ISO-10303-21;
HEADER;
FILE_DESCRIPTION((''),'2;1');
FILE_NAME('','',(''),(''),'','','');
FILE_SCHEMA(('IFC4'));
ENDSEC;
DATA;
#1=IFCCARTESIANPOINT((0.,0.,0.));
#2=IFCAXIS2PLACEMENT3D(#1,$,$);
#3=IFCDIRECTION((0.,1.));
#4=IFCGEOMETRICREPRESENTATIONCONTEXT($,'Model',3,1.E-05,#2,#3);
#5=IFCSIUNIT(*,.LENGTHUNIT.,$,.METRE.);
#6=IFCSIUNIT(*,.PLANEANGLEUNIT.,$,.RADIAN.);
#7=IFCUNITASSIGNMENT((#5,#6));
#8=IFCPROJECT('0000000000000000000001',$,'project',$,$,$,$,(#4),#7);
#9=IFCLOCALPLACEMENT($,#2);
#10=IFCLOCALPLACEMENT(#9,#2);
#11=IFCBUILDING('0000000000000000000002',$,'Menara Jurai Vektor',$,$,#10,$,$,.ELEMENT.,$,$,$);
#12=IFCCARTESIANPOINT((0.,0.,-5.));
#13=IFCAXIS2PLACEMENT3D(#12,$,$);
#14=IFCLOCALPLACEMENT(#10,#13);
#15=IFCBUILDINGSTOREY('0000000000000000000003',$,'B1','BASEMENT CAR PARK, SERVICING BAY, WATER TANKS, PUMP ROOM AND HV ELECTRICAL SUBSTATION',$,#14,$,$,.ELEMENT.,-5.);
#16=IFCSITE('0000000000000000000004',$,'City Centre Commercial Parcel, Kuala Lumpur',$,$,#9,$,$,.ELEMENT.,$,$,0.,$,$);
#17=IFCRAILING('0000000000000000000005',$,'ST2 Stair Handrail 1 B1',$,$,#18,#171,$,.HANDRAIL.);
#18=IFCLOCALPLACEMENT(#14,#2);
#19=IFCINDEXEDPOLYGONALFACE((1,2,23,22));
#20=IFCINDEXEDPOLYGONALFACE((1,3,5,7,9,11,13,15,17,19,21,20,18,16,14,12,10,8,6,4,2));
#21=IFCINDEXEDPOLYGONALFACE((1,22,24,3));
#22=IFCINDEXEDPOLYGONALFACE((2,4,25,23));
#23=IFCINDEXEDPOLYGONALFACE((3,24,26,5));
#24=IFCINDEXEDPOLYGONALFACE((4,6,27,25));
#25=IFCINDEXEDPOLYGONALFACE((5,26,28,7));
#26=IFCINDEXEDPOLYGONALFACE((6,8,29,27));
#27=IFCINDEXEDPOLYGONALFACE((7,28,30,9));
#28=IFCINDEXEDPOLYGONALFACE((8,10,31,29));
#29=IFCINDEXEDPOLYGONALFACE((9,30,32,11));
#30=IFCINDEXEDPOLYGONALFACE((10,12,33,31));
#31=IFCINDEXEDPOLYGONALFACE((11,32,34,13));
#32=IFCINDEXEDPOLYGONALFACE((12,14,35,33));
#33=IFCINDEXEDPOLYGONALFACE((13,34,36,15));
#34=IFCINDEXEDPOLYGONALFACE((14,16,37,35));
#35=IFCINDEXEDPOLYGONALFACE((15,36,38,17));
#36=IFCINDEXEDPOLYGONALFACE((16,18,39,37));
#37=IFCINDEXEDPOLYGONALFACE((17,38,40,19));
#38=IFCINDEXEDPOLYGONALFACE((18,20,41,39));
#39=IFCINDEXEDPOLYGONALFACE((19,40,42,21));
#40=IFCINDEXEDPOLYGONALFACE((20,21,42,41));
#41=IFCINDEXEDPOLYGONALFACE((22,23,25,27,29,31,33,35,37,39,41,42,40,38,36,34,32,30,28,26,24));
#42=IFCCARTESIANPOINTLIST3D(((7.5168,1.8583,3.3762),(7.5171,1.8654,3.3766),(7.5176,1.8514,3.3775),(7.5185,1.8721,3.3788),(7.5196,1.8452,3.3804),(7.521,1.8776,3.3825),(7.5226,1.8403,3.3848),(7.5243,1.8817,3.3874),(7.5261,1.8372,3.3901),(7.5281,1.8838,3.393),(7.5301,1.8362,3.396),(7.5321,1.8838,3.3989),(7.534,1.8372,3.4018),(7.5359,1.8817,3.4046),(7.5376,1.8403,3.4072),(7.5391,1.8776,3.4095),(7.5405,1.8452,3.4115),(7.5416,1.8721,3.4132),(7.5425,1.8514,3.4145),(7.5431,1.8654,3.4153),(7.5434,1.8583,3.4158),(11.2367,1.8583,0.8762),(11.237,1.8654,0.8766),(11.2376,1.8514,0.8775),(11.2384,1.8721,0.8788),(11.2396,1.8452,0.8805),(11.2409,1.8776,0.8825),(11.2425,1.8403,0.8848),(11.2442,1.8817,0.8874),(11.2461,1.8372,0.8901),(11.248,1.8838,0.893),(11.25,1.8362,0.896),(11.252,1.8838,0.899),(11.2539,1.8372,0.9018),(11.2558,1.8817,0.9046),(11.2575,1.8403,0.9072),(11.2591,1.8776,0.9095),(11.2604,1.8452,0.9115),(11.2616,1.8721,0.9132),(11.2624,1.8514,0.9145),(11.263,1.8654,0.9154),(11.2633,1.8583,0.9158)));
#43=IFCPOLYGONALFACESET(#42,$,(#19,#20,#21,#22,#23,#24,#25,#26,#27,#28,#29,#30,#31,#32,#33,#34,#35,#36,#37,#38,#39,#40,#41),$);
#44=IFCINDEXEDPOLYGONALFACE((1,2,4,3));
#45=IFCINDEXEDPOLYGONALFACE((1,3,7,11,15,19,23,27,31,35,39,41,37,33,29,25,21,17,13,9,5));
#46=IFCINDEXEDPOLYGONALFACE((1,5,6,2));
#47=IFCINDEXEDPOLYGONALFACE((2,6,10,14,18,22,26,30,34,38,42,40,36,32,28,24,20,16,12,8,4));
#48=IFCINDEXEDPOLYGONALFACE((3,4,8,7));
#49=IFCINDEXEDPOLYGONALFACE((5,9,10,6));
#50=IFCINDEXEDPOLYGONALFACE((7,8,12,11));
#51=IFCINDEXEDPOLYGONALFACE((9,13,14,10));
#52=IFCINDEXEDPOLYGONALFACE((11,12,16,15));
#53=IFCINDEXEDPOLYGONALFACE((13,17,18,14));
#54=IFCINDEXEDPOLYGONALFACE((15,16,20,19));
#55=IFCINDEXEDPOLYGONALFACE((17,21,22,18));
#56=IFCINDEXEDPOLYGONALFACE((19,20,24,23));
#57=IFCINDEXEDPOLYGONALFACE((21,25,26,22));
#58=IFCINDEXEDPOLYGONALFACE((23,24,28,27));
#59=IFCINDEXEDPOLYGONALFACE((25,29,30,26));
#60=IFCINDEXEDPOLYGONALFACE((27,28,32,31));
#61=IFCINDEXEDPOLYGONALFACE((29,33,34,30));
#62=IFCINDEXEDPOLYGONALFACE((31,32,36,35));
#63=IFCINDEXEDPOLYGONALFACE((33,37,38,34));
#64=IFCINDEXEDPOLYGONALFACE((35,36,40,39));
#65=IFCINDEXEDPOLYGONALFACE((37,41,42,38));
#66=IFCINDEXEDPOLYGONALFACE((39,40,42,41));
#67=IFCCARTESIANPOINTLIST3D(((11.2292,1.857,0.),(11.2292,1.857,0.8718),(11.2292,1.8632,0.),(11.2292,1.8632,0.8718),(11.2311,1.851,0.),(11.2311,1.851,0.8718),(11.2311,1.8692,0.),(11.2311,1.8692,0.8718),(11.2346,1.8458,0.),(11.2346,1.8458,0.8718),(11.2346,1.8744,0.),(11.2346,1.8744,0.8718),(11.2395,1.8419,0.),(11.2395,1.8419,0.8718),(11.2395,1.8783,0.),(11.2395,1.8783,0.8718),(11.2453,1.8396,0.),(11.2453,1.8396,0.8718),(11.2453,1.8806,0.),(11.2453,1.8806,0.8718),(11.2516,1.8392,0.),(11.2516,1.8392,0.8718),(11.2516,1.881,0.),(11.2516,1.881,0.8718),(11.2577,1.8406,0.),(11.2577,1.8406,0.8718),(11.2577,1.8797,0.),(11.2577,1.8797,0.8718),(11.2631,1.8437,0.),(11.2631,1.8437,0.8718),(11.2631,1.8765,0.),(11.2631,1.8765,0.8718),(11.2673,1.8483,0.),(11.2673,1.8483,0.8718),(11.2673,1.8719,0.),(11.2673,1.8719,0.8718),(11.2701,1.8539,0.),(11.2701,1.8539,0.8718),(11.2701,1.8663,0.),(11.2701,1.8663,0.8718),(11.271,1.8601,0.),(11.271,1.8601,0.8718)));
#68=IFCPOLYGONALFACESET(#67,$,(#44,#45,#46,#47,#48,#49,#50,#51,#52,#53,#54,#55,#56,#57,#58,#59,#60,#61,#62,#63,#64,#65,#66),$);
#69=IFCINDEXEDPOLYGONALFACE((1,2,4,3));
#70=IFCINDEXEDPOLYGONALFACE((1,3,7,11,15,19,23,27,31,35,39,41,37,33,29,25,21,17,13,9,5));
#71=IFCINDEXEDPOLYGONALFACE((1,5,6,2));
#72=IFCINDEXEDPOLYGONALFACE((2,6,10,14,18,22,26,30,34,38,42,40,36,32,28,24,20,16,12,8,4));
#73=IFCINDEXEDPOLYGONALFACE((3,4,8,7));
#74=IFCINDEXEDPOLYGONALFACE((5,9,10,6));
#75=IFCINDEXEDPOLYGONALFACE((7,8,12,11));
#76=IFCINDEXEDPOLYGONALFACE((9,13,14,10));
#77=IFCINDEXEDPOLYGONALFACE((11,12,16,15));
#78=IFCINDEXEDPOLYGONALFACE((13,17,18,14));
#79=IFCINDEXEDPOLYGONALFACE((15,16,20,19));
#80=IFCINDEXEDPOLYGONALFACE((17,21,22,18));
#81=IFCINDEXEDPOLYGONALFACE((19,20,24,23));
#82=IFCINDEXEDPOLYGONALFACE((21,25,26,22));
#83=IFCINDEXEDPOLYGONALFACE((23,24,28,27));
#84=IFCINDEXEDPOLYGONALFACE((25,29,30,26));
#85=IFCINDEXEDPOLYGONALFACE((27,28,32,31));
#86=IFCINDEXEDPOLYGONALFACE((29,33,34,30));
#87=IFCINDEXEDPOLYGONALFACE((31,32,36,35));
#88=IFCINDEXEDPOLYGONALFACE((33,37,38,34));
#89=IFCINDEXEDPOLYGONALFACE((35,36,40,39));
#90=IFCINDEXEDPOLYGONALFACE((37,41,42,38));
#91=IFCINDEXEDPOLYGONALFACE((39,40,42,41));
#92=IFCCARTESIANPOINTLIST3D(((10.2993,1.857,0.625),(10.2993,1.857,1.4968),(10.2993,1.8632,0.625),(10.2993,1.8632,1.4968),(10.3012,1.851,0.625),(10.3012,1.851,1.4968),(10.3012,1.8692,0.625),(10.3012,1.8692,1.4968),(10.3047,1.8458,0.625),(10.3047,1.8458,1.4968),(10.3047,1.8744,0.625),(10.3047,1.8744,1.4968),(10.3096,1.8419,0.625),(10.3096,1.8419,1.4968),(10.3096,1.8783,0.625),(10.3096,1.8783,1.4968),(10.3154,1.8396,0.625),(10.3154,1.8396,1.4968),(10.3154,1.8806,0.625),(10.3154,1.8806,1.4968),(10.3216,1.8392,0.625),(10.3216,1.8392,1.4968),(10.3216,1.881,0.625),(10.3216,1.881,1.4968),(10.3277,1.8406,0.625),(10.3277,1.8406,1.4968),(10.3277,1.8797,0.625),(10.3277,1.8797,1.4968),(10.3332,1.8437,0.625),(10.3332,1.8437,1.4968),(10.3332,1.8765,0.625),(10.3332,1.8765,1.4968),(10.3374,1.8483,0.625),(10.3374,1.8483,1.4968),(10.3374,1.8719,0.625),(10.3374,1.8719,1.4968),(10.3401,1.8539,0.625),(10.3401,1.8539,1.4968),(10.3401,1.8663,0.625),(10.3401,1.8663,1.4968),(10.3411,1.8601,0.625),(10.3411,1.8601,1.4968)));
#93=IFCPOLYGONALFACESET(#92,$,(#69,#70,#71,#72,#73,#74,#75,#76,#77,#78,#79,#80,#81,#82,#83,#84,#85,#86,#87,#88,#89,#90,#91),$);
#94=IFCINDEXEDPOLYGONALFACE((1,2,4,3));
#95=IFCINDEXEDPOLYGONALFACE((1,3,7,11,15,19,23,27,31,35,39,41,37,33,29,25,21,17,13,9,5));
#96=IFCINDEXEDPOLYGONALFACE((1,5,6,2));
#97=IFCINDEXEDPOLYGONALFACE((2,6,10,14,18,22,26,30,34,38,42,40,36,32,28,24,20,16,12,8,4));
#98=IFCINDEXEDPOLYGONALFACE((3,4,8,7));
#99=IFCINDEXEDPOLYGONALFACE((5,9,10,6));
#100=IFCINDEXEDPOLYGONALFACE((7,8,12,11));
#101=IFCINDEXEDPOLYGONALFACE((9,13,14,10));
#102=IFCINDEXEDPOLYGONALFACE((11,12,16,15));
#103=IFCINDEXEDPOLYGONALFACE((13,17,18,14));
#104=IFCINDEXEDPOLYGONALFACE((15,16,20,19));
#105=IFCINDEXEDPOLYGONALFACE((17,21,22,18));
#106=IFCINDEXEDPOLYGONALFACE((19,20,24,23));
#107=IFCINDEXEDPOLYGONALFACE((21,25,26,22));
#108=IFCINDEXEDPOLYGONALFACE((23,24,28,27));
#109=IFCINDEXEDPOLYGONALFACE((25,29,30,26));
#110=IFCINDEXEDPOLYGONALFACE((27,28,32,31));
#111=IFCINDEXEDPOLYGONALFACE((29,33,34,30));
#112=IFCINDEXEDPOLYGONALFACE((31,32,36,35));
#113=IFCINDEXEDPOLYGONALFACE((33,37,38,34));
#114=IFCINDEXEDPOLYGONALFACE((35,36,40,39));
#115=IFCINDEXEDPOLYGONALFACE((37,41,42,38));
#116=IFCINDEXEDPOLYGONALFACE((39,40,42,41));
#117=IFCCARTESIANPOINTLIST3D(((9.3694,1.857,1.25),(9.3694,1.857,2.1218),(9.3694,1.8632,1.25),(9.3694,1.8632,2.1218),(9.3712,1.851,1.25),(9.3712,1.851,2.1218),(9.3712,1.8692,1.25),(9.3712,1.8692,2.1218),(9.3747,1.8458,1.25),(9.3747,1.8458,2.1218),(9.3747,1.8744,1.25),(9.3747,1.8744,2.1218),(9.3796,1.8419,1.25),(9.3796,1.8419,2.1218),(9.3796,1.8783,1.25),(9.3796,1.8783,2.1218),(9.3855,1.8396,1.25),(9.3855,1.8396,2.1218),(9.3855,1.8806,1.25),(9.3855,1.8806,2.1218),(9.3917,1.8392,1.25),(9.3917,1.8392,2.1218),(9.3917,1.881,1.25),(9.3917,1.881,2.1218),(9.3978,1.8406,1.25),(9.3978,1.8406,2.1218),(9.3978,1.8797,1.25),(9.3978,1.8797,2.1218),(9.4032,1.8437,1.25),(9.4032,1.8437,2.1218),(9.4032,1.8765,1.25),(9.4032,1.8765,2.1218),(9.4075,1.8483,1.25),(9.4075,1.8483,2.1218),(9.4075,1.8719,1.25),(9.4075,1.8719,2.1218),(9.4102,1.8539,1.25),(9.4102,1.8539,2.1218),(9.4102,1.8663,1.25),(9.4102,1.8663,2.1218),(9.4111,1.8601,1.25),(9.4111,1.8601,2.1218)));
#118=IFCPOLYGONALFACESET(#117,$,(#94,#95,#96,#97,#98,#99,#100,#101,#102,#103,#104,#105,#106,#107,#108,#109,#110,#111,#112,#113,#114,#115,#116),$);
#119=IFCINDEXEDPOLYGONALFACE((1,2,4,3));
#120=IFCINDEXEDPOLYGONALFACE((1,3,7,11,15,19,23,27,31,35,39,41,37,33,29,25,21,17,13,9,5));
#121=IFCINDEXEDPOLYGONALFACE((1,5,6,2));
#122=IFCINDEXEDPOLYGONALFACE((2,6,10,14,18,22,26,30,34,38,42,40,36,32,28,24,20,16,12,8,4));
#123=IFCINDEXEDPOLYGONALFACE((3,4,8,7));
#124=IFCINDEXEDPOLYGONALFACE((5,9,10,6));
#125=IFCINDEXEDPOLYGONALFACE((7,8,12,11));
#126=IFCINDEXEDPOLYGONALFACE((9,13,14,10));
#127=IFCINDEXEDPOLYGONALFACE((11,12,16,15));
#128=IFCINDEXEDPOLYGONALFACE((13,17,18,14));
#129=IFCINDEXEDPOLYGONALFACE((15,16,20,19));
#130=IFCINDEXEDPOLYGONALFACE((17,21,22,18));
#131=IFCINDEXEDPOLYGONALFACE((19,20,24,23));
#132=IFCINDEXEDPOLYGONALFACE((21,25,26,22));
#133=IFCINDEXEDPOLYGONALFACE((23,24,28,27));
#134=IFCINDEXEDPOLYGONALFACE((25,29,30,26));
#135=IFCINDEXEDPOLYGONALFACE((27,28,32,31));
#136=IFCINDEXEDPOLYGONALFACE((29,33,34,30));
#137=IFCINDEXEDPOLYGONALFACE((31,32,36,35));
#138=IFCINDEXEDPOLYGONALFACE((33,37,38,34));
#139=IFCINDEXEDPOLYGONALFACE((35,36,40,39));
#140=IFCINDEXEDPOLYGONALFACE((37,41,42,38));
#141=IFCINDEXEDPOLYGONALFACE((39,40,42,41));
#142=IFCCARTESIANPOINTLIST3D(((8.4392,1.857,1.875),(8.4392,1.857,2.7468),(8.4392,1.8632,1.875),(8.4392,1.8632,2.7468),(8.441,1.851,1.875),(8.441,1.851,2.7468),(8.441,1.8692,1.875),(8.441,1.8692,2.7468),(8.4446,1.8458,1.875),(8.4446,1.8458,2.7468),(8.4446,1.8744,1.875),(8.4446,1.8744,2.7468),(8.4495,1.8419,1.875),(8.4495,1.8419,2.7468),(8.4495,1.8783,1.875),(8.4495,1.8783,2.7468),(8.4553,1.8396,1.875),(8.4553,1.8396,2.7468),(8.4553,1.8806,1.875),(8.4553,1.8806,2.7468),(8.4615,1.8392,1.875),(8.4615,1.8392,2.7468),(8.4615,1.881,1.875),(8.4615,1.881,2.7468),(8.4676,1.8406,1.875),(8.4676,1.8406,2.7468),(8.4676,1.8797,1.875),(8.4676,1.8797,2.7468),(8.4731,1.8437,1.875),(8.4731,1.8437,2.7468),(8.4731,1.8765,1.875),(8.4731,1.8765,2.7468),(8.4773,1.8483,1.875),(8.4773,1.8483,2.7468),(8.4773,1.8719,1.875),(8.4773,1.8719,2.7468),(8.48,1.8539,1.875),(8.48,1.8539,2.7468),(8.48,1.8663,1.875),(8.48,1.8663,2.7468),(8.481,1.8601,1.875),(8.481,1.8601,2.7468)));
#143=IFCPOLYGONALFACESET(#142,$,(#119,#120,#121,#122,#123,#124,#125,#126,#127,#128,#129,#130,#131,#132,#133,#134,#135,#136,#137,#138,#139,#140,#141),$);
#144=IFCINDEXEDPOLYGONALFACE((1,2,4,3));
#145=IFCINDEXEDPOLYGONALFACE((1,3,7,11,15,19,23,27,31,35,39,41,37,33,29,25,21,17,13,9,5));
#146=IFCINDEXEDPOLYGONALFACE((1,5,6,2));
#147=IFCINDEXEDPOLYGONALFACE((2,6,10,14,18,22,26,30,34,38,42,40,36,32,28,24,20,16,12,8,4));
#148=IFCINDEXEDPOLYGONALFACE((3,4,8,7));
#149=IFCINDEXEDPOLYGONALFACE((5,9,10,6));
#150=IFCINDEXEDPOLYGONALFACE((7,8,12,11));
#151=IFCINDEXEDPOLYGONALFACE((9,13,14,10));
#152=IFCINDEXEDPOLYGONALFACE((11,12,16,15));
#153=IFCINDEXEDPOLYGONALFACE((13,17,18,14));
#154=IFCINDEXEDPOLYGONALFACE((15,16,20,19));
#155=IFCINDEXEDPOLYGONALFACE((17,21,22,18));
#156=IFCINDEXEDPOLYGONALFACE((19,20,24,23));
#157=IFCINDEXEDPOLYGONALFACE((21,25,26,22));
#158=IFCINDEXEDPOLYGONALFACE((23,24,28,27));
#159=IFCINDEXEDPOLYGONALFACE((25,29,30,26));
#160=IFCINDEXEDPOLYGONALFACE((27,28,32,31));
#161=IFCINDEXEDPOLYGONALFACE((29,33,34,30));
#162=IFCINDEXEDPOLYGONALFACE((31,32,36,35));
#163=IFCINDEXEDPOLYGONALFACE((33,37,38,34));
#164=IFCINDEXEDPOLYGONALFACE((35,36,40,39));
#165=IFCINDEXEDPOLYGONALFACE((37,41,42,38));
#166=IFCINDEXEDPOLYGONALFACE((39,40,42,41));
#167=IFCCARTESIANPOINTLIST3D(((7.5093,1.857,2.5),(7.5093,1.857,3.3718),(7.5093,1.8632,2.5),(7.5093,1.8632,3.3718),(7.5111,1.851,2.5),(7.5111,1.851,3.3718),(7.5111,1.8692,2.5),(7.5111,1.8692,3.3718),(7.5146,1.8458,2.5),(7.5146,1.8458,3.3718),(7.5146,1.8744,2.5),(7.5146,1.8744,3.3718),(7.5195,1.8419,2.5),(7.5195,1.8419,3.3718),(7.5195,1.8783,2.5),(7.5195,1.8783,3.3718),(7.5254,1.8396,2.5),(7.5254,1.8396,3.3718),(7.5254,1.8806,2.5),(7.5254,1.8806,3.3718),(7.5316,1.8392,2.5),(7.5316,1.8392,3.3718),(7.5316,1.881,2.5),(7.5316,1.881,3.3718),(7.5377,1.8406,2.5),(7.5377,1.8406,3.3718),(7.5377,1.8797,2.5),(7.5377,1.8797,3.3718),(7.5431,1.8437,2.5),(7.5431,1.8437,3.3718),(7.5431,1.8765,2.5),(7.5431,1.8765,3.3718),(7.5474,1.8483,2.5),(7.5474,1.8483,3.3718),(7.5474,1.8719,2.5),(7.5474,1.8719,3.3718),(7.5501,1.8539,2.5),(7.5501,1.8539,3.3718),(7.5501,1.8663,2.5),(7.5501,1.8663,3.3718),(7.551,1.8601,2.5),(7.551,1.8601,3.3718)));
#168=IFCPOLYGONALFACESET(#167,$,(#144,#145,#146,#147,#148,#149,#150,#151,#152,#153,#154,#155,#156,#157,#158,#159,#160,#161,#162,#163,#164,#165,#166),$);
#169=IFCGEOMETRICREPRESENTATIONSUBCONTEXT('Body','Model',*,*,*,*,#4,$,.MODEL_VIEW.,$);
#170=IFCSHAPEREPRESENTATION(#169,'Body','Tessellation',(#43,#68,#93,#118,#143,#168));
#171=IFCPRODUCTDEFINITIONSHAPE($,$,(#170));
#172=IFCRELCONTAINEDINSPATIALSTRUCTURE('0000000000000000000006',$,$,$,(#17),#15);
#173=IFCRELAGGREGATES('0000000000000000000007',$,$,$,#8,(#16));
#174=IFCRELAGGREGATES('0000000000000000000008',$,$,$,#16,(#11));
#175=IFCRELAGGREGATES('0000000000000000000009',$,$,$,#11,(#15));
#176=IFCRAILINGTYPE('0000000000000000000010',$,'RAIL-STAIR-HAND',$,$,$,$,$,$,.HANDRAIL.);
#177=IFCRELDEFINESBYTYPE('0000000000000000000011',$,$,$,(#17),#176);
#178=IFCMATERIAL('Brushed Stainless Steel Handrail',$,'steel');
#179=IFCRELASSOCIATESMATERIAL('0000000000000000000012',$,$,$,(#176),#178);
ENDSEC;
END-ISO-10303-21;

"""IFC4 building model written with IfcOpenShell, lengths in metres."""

from ifc_helpers import new_model, si_unit, direction, frame, origin, origin_2d, place, context, subcontext, project, spatial, circle, extrude, material, type_object, element, save


model = new_model("IFC4")

# Units and contexts
model_context = context("Model", 3, precision=1e-05, world=origin(), true_north=direction((0.0, 1.0)))
body_context = subcontext(model_context, "Body", "Model", "MODEL_VIEW")
ifc_project = project(units=[si_unit("LENGTHUNIT", "METRE"), si_unit("PLANEANGLEUNIT", "RADIAN")], contexts=[model_context])

# Site, building, storey
site_placement = place(None, origin())
site = spatial("IfcSite", under=ifc_project, at=site_placement, Name="City Centre Commercial Parcel, Kuala Lumpur", CompositionType="ELEMENT", RefElevation=0.0)
building_placement = place(site_placement, origin())
building = spatial("IfcBuilding", under=site, at=building_placement, Name="Menara Jurai Vektor", CompositionType="ELEMENT")
storey_placement = place(building_placement, frame((0.0, 0.0, -5.0)))
storey = spatial("IfcBuildingStorey", under=building, at=storey_placement, Name="B1", Description="BASEMENT CAR PARK, SERVICING BAY, WATER TANKS, PUMP ROOM AND HV ELECTRICAL SUBSTATION", CompositionType="ELEMENT", Elevation=-5.0)

# Railing
ifc_material_1 = material(Name="Brushed Stainless Steel Handrail", Category="steel")
railing_type = type_object("IfcRailingType", Name="RAIL-STAIR-HAND", PredefinedType="HANDRAIL", material=ifc_material_1)
railing_1_placement = place(storey_placement, frame((11.25, 1.8601, 0.0)))
element("IfcRailing", 1, at=railing_1_placement, inside=storey, type_object=railing_type, Name="ST2 Stair Handrail 1 B1", PredefinedType="HANDRAIL", context=body_context, shape_type="SweptSolid", body=[
    extrude(circle(Radius=0.0239, at=origin_2d()), frame((0.0, 0.0, 0.896), z_axis=(-0.829983, 0.0, 0.557789), x_axis=(0.0, -1.0, 0.0)), (0.0, 0.0, 1.0), 4.4819),
    extrude(circle(Radius=0.021, at=origin_2d()), origin(), (0.0, 0.0, 1.0), 0.8718),
    extrude(circle(Radius=0.021, at=origin_2d()), frame((-0.9299, 0.0, 0.625)), (0.0, 0.0, 1.0), 0.8718),
    extrude(circle(Radius=0.021, at=origin_2d()), frame((-1.8599, 0.0, 1.25)), (0.0, 0.0, 1.0), 0.8718),
    extrude(circle(Radius=0.021, at=origin_2d()), frame((-2.79, 0.0, 1.875)), (0.0, 0.0, 1.0), 0.8718),
    extrude(circle(Radius=0.021, at=origin_2d()), frame((-3.72, 0.0, 2.5)), (0.0, 0.0, 1.0), 0.8718),
])

save(model, "model.ifc")
